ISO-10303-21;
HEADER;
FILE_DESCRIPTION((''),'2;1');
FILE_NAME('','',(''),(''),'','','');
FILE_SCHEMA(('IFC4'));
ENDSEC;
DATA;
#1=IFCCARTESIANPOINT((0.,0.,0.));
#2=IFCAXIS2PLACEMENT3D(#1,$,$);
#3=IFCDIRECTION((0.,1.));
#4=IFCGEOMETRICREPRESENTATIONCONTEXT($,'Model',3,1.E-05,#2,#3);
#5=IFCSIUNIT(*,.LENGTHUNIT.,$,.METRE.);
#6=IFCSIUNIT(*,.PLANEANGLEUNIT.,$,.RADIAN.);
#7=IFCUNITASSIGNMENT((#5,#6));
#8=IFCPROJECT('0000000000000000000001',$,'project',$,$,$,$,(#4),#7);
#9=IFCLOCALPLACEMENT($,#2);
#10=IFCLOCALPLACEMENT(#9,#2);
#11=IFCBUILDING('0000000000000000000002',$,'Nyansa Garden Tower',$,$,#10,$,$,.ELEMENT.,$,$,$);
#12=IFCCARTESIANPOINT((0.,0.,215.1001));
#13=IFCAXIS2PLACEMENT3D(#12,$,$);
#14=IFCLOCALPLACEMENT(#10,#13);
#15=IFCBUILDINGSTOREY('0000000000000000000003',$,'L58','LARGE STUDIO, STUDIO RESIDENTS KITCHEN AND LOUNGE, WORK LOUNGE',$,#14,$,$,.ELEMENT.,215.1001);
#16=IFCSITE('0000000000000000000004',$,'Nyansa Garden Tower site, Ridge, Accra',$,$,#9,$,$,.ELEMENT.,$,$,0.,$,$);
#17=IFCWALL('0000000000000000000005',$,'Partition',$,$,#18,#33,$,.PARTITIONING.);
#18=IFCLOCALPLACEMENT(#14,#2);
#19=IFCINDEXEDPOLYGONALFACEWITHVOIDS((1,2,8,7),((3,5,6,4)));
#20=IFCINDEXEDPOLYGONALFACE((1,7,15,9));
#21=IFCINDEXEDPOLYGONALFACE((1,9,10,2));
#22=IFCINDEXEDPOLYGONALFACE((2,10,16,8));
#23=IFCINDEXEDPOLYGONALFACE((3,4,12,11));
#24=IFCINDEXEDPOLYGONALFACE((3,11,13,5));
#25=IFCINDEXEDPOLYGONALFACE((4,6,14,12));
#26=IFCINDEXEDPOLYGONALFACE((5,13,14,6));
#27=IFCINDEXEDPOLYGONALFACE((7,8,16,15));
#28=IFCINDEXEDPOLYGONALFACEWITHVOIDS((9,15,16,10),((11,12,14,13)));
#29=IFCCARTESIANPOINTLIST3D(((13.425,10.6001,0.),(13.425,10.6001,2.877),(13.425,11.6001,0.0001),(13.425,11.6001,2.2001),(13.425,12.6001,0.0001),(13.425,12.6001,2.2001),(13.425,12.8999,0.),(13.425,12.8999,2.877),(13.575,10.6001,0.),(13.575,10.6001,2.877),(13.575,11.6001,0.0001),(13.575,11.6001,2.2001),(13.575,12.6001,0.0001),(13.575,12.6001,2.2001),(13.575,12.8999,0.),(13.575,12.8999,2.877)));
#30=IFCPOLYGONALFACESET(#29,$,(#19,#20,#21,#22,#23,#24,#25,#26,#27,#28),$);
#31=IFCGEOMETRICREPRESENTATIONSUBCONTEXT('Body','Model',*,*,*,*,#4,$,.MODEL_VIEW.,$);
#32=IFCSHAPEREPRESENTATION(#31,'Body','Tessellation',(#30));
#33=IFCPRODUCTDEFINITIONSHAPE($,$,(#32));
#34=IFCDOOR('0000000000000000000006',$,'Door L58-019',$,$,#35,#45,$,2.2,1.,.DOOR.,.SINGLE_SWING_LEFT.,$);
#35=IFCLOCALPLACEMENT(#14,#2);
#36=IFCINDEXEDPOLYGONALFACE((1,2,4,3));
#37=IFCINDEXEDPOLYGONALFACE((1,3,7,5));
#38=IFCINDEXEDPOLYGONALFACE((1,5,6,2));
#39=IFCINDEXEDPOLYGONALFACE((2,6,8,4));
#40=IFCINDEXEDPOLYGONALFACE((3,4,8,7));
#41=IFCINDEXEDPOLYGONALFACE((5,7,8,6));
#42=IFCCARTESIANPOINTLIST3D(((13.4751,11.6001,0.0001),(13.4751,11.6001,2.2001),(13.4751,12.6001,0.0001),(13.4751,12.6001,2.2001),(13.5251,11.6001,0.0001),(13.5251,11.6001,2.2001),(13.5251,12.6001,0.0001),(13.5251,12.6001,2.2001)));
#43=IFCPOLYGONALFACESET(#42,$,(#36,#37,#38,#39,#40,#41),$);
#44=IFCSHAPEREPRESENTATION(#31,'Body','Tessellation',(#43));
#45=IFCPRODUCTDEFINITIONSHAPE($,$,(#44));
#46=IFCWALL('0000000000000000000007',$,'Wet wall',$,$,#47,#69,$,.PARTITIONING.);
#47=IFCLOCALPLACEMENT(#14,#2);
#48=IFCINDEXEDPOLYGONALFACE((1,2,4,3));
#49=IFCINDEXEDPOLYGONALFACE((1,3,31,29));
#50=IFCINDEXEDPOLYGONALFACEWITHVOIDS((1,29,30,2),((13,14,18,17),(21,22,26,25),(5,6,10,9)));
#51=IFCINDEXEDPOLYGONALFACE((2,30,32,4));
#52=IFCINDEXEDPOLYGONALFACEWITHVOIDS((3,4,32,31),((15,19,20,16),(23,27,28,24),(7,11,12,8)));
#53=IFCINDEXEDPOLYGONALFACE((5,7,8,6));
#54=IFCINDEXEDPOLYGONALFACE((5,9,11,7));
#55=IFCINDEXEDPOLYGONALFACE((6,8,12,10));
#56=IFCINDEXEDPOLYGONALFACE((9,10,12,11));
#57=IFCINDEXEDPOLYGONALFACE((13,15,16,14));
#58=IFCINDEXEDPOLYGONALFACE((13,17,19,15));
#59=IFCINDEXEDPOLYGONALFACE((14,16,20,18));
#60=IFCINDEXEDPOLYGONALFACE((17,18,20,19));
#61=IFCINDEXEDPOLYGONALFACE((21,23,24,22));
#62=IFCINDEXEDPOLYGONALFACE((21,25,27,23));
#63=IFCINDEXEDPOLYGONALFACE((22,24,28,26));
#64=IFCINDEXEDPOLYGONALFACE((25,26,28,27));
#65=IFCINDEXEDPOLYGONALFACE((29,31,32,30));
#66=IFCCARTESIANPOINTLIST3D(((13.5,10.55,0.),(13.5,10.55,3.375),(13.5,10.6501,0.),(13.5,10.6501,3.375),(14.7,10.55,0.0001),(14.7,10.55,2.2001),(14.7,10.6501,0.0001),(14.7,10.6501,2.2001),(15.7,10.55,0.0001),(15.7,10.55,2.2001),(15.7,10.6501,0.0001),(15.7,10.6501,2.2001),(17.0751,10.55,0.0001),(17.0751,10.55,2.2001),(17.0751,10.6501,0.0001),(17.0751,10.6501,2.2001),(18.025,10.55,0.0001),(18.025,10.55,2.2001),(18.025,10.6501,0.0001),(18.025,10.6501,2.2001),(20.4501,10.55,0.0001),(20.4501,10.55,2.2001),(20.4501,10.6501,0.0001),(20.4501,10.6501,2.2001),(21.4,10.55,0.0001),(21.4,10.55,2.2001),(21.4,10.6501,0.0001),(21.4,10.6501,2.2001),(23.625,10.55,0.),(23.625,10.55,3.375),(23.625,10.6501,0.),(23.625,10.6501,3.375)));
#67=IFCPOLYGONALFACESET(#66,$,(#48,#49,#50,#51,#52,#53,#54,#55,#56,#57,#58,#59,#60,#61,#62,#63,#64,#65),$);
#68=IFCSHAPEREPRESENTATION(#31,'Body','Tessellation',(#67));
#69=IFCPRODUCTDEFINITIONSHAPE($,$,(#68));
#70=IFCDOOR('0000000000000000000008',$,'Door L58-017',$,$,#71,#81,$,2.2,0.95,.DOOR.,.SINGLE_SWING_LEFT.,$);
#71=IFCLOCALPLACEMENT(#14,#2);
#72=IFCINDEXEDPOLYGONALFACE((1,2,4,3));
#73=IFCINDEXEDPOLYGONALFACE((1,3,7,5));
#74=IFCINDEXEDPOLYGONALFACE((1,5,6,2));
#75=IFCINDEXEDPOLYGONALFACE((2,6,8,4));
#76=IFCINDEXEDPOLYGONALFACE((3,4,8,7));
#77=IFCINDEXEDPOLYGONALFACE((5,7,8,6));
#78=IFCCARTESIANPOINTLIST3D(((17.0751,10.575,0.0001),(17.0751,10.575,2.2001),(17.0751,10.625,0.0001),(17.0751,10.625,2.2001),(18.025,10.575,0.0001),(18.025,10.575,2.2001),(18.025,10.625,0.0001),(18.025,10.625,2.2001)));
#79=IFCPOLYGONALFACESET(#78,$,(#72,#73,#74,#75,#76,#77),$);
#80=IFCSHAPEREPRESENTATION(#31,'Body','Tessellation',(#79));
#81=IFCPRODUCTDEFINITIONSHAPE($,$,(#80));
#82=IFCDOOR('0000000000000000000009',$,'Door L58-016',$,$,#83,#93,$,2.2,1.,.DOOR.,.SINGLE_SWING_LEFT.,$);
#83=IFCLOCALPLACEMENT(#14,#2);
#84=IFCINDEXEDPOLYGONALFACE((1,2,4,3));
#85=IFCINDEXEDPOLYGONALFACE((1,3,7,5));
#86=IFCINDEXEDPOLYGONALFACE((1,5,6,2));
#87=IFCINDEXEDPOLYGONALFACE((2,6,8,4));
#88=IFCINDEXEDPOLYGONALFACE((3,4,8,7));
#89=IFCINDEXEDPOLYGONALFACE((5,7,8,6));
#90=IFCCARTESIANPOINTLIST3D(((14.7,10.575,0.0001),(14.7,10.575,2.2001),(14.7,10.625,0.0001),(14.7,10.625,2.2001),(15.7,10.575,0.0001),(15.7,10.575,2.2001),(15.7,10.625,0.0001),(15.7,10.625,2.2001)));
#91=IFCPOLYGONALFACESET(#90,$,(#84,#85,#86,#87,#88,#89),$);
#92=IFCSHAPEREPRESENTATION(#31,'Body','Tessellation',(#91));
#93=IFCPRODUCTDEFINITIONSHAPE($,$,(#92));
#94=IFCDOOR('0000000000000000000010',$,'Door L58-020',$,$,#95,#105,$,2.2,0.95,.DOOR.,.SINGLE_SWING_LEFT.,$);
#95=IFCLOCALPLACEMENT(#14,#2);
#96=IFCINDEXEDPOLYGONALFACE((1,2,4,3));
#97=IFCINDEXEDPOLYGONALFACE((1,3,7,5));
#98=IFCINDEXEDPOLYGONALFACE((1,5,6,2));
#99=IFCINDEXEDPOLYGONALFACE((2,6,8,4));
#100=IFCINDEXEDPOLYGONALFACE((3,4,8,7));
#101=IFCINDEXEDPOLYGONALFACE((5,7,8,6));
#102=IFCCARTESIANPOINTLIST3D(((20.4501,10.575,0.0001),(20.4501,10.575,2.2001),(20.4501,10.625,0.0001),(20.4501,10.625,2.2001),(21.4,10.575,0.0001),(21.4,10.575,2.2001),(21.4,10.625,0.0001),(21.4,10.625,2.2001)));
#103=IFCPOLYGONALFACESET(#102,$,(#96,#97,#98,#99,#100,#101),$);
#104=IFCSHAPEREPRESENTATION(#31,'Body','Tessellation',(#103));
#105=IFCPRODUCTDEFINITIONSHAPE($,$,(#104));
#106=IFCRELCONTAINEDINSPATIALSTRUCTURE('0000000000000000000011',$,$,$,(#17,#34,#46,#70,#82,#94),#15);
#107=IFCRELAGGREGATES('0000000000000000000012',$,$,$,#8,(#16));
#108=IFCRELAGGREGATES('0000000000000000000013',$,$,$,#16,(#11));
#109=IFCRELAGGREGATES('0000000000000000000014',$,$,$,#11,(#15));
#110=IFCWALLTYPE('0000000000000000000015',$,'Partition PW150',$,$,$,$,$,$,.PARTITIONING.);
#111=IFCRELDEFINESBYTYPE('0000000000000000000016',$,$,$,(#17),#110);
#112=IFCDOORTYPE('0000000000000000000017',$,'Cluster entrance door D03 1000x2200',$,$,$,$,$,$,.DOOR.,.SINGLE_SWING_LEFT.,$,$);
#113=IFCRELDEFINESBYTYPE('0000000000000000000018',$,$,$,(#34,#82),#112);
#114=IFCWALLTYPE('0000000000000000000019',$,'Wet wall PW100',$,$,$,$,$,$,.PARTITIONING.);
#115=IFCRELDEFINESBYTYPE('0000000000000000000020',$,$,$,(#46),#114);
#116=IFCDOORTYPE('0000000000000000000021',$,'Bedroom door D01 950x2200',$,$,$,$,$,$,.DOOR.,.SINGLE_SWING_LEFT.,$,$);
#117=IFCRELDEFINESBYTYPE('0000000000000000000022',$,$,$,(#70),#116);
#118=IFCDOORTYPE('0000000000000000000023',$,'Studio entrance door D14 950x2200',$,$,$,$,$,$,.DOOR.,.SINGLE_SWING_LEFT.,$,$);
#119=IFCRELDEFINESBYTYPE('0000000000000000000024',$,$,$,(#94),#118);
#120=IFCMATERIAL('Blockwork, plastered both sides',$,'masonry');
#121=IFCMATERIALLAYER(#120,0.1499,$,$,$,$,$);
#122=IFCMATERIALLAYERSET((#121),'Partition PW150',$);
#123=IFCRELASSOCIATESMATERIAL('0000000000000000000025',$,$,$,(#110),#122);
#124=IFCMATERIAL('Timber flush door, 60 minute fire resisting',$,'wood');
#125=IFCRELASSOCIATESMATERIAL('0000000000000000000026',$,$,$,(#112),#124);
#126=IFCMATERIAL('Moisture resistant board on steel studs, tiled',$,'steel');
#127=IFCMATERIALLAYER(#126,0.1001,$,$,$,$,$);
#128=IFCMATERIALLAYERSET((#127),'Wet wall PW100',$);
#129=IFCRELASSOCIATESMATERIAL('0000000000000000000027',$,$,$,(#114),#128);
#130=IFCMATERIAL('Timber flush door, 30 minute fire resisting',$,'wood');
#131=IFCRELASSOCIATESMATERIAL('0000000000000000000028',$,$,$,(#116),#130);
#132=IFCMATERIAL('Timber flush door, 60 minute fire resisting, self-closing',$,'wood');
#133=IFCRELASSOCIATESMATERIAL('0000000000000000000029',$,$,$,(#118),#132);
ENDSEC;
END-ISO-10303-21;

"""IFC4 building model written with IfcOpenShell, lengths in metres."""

from ifc_helpers import new_model, si_unit, direction, frame, frame_2d, origin, place, context, subcontext, project, spatial, rectangle, extrude, material, layer, layer_set, type_object, element, fill, save


model = new_model("IFC4")

# Units and contexts
model_context = context("Model", 3, precision=1e-05, world=origin(), true_north=direction((0.0, 1.0)))
body_context = subcontext(model_context, "Body", "Model", "MODEL_VIEW")
ifc_project = project(units=[si_unit("LENGTHUNIT", "METRE"), si_unit("PLANEANGLEUNIT", "RADIAN")], contexts=[model_context])

# Site, building, storey
site_placement = place(None, origin())
site = spatial("IfcSite", under=ifc_project, at=site_placement, Name="Nyansa Garden Tower site, Ridge, Accra", CompositionType="ELEMENT", RefElevation=0.0)
building_placement = place(site_placement, origin())
building = spatial("IfcBuilding", under=site, at=building_placement, Name="Nyansa Garden Tower", CompositionType="ELEMENT")
storey_placement = place(building_placement, frame((0.0, 0.0, 215.1001)))
storey = spatial("IfcBuildingStorey", under=building, at=storey_placement, Name="L58", Description="LARGE STUDIO, STUDIO RESIDENTS KITCHEN AND LOUNGE, WORK LOUNGE", CompositionType="ELEMENT", Elevation=215.1001)

# Shared definitions
ifc_material_1 = material(Name="Blockwork, plastered both sides", Category="masonry")
ifc_layer_1 = layer(ifc_material_1, 0.1499)
ifc_layer_set_1 = layer_set([ifc_layer_1], Name="Partition PW150")
wall_type_1 = type_object("IfcWallType", Name="Partition PW150", PredefinedType="PARTITIONING", material=ifc_layer_set_1)
ifc_material_2 = material(Name="Timber flush door, 60 minute fire resisting", Category="wood")
door_type_1 = type_object("IfcDoorType", Name="Cluster entrance door D03 1000x2200", OperationType="SINGLE_SWING_LEFT", PredefinedType="DOOR", material=ifc_material_2)

# Wall, opening, door
wall_1_placement = place(storey_placement, frame((13.5, 10.6001, 0.0), z_axis=(0.0, 0.0, 1.0), x_axis=(0.0, 1.0, 0.0)))
wall_1 = element("IfcWall", 1, at=wall_1_placement, inside=storey, type_object=wall_type_1, Name="Partition", PredefinedType="PARTITIONING", context=body_context, shape_type="SweptSolid", body=[
    extrude(rectangle(XDim=2.2998, YDim=0.1499, at=frame_2d((1.1499, 0.0))), origin(), (0.0, 0.0, 1.0), 2.877),
])
opening_1_placement = place(wall_1_placement, frame((1.0, 0.0, 0.0)))
opening_1 = element("IfcOpeningElement", 2, at=opening_1_placement, cuts=wall_1, PredefinedType="OPENING", context=body_context, shape_type="SweptSolid", body=[
    extrude(rectangle(XDim=1.0, YDim=2.2, at=frame_2d((0.5, 1.1001))), frame((0.0, 0.085, 0.0), z_axis=(0.0, -1.0, 0.0), x_axis=(1.0, 0.0, 0.0)), (0.0, 0.0, 1.0), 0.1699),
])
door_1_placement = place(opening_1_placement, origin())
door_1 = element("IfcDoor", 3, at=door_1_placement, inside=storey, type_object=door_type_1, Name="Door L58-019", OperationType="SINGLE_SWING_LEFT", OverallHeight=2.2, OverallWidth=1.0, PredefinedType="DOOR", context=body_context, shape_type="SweptSolid", body=[
    extrude(rectangle(XDim=1.0, YDim=2.2, at=frame_2d((0.5, 1.1001))), frame((0.0, 0.0249, 0.0), z_axis=(0.0, -1.0, 0.0), x_axis=(1.0, 0.0, 0.0)), (0.0, 0.0, 1.0), 0.05),
])
fill(opening_1, door_1)

# Wall, openings, doors
ifc_material_3 = material(Name="Moisture resistant board on steel studs, tiled", Category="steel")
ifc_layer_2 = layer(ifc_material_3, 0.1001)
ifc_layer_set_2 = layer_set([ifc_layer_2], Name="Wet wall PW100")
wall_type_2 = type_object("IfcWallType", Name="Wet wall PW100", PredefinedType="PARTITIONING", material=ifc_layer_set_2)
wall_2_placement = place(storey_placement, frame((13.5, 10.6001, 0.0), z_axis=(0.0, 0.0, 1.0), x_axis=(1.0, 0.0, 0.0)))
wall_2 = element("IfcWall", 4, at=wall_2_placement, inside=storey, type_object=wall_type_2, Name="Wet wall", PredefinedType="PARTITIONING", context=body_context, shape_type="SweptSolid", body=[
    extrude(rectangle(XDim=10.125, YDim=0.1001, at=frame_2d((5.0625, 0.0))), origin(), (0.0, 0.0, 1.0), 3.375),
])
opening_2_placement = place(wall_2_placement, frame((1.2, 0.0, 0.0)))
opening_2 = element("IfcOpeningElement", 5, at=opening_2_placement, cuts=wall_2, PredefinedType="OPENING", context=body_context, shape_type="SweptSolid", body=[
    extrude(rectangle(XDim=1.0, YDim=2.2, at=frame_2d((0.5, 1.1001))), frame((0.0, 0.0601, 0.0), z_axis=(0.0, -1.0, 0.0), x_axis=(1.0, 0.0, 0.0)), (0.0, 0.0, 1.0), 0.1201),
])
opening_3_placement = place(wall_2_placement, frame((3.575, 0.0, 0.0)))
opening_3 = element("IfcOpeningElement", 6, at=opening_3_placement, cuts=wall_2, PredefinedType="OPENING", context=body_context, shape_type="SweptSolid", body=[
    extrude(rectangle(XDim=0.95, YDim=2.2, at=frame_2d((0.4751, 1.1001))), frame((0.0, 0.0601, 0.0), z_axis=(0.0, -1.0, 0.0), x_axis=(1.0, 0.0, 0.0)), (0.0, 0.0, 1.0), 0.1201),
])
opening_4_placement = place(wall_2_placement, frame((6.95, 0.0, 0.0)))
opening_4 = element("IfcOpeningElement", 7, at=opening_4_placement, cuts=wall_2, PredefinedType="OPENING", context=body_context, shape_type="SweptSolid", body=[
    extrude(rectangle(XDim=0.95, YDim=2.2, at=frame_2d((0.4751, 1.1001))), frame((0.0, 0.0601, 0.0), z_axis=(0.0, -1.0, 0.0), x_axis=(1.0, 0.0, 0.0)), (0.0, 0.0, 1.0), 0.1201),
])
ifc_material_4 = material(Name="Timber flush door, 30 minute fire resisting", Category="wood")
door_type_2 = type_object("IfcDoorType", Name="Bedroom door D01 950x2200", OperationType="SINGLE_SWING_LEFT", PredefinedType="DOOR", material=ifc_material_4)
door_2_placement = place(opening_3_placement, origin())
door_2 = element("IfcDoor", 8, at=door_2_placement, inside=storey, type_object=door_type_2, Name="Door L58-017", OperationType="SINGLE_SWING_LEFT", OverallHeight=2.2, OverallWidth=0.95, PredefinedType="DOOR", context=body_context, shape_type="SweptSolid", body=[
    extrude(rectangle(XDim=0.95, YDim=2.2, at=frame_2d((0.4751, 1.1001))), frame((0.0, 0.0249, 0.0), z_axis=(0.0, -1.0, 0.0), x_axis=(1.0, 0.0, 0.0)), (0.0, 0.0, 1.0), 0.05),
])
fill(opening_3, door_2)
door_3_placement = place(opening_2_placement, origin())
door_3 = element("IfcDoor", 9, at=door_3_placement, inside=storey, type_object=door_type_1, Name="Door L58-016", OperationType="SINGLE_SWING_LEFT", OverallHeight=2.2, OverallWidth=1.0, PredefinedType="DOOR", context=body_context, shape_type="SweptSolid", body=[
    extrude(rectangle(XDim=1.0, YDim=2.2, at=frame_2d((0.5, 1.1001))), frame((0.0, 0.0249, 0.0), z_axis=(0.0, -1.0, 0.0), x_axis=(1.0, 0.0, 0.0)), (0.0, 0.0, 1.0), 0.05),
])
fill(opening_2, door_3)
ifc_material_5 = material(Name="Timber flush door, 60 minute fire resisting, self-closing", Category="wood")
door_type_3 = type_object("IfcDoorType", Name="Studio entrance door D14 950x2200", OperationType="SINGLE_SWING_LEFT", PredefinedType="DOOR", material=ifc_material_5)
door_4_placement = place(opening_4_placement, origin())
door_4 = element("IfcDoor", 10, at=door_4_placement, inside=storey, type_object=door_type_3, Name="Door L58-020", OperationType="SINGLE_SWING_LEFT", OverallHeight=2.2, OverallWidth=0.95, PredefinedType="DOOR", context=body_context, shape_type="SweptSolid", body=[
    extrude(rectangle(XDim=0.95, YDim=2.2, at=frame_2d((0.4751, 1.1001))), frame((0.0, 0.0249, 0.0), z_axis=(0.0, -1.0, 0.0), x_axis=(1.0, 0.0, 0.0)), (0.0, 0.0, 1.0), 0.05),
])
fill(opening_4, door_4)

save(model, "model.ifc")
